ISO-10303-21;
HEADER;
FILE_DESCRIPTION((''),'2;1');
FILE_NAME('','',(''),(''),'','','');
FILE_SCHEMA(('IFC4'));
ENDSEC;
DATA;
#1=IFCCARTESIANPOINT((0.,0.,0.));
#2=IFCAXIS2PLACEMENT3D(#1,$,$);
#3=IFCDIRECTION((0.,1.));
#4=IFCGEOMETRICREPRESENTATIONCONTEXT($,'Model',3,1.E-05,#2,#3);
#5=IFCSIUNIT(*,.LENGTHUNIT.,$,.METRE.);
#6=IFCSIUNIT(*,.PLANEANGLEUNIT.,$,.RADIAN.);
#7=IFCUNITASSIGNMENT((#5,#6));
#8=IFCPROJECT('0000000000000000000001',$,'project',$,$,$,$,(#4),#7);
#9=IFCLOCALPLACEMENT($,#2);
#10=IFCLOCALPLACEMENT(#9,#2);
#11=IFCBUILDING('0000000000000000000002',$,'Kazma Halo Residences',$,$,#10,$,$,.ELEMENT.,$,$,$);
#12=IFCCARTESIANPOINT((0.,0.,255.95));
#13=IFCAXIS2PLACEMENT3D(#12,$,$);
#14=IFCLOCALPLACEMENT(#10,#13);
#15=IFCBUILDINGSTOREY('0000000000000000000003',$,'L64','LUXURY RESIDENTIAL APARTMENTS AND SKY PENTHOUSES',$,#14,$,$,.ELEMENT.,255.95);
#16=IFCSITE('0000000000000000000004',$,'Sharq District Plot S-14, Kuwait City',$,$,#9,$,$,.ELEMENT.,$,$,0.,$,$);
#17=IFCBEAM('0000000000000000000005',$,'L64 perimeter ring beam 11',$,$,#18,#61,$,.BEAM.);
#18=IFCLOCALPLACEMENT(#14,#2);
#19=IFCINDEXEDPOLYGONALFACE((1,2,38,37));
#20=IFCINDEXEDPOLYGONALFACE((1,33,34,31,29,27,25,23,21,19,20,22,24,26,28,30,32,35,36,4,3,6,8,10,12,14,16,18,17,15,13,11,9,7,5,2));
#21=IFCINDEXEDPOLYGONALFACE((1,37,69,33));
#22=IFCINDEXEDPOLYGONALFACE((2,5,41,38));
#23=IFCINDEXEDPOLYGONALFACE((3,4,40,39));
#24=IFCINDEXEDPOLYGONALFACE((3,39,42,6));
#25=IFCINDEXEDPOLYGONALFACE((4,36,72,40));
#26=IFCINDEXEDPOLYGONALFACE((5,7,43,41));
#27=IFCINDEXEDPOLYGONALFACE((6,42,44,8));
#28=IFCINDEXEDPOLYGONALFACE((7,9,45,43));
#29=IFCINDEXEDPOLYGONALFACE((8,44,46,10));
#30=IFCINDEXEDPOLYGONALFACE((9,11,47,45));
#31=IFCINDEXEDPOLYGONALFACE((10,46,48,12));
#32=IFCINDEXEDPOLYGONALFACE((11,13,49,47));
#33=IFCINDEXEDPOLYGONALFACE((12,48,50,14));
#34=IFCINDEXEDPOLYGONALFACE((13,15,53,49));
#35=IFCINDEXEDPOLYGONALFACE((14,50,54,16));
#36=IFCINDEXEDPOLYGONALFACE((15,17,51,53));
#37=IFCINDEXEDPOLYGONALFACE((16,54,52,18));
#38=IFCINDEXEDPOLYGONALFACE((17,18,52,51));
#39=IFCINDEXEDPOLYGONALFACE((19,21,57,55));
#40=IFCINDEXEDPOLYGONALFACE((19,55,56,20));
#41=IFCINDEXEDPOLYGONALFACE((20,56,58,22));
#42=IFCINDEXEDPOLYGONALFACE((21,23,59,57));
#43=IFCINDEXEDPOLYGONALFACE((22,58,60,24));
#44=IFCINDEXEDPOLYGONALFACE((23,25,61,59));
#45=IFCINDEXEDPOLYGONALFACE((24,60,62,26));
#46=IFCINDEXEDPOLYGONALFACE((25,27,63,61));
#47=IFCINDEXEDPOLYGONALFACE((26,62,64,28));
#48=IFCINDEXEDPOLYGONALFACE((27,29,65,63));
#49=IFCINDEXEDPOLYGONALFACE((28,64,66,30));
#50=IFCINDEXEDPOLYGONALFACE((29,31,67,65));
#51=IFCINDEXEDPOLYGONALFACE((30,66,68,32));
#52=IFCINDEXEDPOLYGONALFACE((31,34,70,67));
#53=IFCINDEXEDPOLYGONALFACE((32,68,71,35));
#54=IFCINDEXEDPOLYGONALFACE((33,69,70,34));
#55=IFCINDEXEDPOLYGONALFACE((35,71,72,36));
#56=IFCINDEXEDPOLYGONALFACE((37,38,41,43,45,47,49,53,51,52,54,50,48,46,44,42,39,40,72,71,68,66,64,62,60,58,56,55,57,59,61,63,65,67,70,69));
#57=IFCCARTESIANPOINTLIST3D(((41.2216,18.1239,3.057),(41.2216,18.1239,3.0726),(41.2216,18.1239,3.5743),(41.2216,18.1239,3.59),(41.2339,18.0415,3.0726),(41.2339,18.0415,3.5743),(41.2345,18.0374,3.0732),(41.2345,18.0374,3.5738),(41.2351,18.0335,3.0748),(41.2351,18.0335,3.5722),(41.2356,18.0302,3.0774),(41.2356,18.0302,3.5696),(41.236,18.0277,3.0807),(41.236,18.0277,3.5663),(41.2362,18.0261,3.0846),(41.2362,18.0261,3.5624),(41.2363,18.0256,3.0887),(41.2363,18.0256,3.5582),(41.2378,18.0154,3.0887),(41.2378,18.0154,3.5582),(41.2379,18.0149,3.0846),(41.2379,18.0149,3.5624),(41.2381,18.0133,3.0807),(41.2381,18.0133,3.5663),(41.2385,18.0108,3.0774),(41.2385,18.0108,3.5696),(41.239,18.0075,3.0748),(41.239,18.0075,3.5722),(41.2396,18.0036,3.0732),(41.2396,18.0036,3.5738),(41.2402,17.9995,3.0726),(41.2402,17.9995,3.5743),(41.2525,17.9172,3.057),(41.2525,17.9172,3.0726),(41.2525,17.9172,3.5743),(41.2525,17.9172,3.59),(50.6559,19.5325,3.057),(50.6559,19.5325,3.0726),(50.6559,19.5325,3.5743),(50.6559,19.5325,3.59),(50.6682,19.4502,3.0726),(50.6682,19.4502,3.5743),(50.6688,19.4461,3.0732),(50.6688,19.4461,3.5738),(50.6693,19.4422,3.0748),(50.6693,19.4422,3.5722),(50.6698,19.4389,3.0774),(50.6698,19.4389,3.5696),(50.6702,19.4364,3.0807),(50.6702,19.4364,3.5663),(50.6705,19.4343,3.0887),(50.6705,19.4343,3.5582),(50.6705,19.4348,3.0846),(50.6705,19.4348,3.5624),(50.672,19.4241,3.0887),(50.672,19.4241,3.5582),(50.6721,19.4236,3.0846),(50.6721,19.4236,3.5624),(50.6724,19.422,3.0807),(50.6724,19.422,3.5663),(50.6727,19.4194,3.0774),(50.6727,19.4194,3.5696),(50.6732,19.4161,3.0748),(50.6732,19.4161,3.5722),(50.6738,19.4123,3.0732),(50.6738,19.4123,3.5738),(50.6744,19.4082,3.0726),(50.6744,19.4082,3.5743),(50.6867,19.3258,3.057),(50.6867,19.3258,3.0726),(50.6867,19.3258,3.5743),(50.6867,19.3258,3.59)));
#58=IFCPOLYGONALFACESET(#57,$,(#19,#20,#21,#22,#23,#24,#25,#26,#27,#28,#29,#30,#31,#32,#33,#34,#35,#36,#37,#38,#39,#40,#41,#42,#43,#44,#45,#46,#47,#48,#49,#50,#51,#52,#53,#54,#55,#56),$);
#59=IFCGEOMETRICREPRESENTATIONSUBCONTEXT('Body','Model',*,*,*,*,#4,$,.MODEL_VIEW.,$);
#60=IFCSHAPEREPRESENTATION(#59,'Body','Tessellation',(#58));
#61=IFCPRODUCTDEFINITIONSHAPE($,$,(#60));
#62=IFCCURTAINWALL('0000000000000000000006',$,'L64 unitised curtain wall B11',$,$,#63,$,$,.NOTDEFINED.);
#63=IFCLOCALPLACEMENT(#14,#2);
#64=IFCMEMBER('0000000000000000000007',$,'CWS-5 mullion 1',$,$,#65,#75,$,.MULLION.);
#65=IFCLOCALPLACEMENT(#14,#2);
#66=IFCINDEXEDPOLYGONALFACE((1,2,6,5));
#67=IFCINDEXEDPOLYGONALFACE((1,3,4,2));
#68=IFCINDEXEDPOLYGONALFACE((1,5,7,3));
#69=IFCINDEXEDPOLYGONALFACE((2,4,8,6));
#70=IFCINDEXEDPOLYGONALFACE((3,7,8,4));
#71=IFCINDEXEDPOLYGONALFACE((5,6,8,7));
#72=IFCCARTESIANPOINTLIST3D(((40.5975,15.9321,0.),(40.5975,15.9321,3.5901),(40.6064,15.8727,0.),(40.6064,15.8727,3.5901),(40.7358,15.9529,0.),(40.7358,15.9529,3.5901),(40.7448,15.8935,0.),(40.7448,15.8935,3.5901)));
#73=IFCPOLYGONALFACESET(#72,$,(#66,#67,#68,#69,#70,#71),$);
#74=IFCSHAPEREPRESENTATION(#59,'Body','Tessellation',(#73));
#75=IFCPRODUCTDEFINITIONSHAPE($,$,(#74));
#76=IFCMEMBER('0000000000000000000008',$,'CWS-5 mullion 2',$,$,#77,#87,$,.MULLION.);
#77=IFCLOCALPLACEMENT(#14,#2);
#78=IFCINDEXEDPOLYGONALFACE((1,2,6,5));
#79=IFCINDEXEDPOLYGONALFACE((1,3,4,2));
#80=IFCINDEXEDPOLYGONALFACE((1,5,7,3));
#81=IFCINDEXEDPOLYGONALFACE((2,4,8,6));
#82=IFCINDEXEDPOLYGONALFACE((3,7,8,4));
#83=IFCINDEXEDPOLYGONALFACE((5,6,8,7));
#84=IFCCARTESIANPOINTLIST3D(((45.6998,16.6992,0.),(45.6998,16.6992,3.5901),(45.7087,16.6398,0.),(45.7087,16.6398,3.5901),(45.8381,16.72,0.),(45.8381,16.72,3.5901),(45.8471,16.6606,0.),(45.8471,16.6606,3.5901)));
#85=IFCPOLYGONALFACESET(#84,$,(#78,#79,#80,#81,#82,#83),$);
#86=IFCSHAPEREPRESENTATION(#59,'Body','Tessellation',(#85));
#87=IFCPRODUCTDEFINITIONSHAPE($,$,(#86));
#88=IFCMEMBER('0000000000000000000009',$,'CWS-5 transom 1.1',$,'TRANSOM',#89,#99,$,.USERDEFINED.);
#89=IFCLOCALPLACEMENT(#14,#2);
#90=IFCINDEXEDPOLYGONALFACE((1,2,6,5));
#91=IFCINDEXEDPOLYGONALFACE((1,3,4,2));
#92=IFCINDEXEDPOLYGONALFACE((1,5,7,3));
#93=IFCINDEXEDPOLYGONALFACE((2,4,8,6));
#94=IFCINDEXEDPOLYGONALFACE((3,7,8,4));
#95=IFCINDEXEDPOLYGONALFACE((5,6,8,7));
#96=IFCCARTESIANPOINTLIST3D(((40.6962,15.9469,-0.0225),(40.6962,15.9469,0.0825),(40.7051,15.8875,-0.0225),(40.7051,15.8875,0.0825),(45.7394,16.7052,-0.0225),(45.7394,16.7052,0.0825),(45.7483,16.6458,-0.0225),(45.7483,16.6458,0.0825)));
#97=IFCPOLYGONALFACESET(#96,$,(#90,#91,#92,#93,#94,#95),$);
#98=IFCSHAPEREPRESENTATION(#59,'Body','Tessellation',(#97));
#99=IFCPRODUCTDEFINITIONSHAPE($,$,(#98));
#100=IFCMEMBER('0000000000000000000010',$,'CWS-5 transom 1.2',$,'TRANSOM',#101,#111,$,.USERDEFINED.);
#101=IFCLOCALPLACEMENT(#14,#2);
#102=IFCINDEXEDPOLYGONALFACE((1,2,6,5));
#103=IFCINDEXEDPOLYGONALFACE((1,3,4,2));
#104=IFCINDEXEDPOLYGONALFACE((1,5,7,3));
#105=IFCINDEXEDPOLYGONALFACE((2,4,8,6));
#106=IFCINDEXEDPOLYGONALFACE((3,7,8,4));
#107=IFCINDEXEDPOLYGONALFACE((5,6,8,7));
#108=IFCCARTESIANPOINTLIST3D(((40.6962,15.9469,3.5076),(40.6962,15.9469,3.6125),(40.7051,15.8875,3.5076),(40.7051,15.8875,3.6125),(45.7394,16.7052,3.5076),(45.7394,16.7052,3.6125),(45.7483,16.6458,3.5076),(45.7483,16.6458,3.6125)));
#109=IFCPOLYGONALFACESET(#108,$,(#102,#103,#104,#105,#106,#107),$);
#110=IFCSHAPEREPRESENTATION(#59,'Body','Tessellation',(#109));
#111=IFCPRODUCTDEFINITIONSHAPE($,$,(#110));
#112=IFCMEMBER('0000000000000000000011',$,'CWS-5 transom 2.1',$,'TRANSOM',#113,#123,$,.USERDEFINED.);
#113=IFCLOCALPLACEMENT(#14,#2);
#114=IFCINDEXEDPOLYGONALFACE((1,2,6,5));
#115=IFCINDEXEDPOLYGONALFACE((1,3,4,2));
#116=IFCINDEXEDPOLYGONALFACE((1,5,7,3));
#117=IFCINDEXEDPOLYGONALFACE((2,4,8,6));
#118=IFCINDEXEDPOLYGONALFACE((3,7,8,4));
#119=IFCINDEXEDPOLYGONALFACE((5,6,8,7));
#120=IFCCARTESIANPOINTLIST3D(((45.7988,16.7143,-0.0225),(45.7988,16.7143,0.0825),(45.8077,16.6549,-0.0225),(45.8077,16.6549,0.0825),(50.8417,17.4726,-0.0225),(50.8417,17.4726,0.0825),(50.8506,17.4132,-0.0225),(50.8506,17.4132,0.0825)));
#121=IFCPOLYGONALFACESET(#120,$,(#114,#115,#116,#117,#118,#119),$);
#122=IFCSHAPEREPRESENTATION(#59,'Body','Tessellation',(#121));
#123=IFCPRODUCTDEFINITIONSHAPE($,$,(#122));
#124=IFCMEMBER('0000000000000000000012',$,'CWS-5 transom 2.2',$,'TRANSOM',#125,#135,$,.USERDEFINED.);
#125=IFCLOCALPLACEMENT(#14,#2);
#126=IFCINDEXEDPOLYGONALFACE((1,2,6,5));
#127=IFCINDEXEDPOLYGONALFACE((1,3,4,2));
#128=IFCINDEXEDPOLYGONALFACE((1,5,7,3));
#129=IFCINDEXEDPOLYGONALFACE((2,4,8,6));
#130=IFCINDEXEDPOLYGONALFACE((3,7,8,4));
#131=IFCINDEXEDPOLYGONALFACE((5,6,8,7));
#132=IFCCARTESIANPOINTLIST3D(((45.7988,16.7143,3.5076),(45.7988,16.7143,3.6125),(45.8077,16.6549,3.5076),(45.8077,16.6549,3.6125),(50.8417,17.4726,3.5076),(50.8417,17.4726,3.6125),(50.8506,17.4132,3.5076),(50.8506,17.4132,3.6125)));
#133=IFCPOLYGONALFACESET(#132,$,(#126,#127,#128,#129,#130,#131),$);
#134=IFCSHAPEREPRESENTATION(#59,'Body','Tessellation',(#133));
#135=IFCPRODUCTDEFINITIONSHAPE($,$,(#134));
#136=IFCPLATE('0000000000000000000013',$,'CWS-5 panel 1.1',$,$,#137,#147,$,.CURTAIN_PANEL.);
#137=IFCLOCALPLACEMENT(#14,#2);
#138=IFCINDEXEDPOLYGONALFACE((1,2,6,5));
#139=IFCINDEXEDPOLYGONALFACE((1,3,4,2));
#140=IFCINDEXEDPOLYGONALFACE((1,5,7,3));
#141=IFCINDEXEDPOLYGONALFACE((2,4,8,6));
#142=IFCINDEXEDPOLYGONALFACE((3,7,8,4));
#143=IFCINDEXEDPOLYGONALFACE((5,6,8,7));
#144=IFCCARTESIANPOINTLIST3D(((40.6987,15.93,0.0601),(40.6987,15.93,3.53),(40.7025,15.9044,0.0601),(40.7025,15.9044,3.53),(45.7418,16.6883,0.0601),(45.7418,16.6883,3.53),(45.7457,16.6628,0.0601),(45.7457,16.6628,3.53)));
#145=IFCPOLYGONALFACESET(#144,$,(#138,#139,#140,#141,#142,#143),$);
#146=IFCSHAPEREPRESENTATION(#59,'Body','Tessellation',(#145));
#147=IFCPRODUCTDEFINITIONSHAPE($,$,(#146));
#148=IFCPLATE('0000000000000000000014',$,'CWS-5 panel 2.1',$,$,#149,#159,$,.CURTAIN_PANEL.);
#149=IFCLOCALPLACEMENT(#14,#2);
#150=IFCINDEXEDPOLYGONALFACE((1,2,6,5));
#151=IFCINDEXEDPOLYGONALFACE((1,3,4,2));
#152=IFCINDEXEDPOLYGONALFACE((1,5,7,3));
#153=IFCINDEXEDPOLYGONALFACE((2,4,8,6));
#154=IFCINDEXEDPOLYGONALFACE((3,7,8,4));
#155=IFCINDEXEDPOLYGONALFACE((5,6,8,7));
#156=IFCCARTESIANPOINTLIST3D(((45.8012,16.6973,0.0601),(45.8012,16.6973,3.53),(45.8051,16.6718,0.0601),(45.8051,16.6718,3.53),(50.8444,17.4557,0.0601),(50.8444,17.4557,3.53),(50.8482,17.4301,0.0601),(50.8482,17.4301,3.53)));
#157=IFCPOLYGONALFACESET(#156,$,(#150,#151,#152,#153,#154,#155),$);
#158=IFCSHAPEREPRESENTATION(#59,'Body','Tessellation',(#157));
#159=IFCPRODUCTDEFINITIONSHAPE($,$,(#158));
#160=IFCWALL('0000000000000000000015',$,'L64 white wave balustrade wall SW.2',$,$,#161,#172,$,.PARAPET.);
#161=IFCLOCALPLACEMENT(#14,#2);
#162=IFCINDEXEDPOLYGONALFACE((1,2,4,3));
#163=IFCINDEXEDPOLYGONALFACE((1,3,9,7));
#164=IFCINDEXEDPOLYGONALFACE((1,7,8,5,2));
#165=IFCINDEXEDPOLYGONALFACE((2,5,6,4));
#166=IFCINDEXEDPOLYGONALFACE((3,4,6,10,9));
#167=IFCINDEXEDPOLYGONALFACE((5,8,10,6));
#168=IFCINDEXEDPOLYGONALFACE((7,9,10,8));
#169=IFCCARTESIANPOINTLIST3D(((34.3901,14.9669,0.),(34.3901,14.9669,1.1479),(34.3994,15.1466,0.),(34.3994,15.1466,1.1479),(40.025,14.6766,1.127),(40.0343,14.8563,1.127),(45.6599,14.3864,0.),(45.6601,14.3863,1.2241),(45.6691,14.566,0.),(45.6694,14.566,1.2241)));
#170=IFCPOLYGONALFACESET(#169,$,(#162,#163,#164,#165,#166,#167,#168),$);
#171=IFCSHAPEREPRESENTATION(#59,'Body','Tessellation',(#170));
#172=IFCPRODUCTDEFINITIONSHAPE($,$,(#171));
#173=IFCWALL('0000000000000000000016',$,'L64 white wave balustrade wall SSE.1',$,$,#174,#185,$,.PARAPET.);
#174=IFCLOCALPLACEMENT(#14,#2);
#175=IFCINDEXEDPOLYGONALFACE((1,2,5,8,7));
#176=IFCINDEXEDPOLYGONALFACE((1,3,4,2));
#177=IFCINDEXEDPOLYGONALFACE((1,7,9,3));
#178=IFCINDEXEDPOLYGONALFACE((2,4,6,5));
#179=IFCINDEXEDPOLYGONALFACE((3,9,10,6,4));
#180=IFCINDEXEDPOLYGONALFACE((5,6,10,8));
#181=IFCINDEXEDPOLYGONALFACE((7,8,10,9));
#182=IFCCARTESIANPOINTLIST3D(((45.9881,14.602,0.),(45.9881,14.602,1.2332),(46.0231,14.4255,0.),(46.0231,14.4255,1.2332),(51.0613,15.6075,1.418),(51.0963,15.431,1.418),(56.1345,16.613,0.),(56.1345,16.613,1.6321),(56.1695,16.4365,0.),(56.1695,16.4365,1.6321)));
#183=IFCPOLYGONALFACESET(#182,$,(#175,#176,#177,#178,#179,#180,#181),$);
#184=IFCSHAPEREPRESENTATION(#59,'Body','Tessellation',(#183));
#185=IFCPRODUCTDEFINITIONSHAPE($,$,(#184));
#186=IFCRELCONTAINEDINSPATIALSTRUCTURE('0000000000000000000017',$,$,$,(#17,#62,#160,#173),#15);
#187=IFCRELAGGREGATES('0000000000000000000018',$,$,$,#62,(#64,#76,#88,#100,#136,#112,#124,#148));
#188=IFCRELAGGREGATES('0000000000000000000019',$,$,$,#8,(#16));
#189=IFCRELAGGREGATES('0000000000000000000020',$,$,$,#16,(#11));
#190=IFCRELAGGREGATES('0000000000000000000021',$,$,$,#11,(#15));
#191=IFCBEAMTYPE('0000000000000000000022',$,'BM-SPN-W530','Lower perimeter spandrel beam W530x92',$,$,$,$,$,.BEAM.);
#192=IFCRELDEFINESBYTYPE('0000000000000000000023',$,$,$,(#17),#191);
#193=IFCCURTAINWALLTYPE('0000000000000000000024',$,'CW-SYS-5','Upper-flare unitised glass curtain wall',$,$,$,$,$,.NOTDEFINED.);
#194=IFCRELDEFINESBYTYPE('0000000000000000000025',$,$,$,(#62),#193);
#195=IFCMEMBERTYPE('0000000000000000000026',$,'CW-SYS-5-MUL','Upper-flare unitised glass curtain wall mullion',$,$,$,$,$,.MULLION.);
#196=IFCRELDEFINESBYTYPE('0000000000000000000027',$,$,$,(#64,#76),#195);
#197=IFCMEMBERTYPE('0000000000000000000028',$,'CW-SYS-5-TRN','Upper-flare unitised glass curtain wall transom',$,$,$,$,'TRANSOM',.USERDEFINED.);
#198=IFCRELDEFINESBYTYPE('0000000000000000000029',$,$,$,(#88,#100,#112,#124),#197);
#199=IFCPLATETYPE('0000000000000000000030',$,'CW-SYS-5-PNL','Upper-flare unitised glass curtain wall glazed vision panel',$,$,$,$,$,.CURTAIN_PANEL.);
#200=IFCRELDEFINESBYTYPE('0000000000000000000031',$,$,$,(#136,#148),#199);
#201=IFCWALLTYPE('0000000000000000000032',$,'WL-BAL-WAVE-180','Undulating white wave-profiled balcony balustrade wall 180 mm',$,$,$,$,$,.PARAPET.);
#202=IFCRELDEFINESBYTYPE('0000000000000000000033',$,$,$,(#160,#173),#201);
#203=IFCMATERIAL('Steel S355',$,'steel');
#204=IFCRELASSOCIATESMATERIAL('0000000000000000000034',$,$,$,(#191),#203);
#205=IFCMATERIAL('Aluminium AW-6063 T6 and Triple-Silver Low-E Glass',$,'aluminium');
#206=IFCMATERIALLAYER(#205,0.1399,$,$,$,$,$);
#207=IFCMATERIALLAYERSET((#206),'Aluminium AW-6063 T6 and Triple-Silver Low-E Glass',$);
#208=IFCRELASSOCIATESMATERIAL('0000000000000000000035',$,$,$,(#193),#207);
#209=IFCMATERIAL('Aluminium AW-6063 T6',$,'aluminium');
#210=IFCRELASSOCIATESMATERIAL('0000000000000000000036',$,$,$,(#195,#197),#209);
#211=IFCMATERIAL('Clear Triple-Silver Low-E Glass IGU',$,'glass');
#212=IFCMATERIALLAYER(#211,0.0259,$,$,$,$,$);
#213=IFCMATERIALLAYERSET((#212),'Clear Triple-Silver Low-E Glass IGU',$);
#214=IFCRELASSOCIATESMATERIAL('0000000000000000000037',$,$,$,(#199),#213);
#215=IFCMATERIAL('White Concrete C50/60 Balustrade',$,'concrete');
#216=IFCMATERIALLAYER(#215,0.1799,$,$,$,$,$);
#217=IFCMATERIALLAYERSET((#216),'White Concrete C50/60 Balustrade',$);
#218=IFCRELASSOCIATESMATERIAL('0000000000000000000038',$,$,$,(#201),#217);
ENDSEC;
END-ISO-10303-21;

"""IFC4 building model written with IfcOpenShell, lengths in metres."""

from ifc_helpers import new_model, si_unit, direction, frame, origin, origin_2d, place, context, subcontext, project, spatial, polyline, rectangle, i_section, outline, extrude, material, layer, layer_set, material_profile, profile_set, type_object, element, aggregate, save


model = new_model("IFC4")

# Units and contexts
model_context = context("Model", 3, precision=1e-05, world=origin(), true_north=direction((0.0, 1.0)))
body_context = subcontext(model_context, "Body", "Model", "MODEL_VIEW")
ifc_project = project(units=[si_unit("LENGTHUNIT", "METRE"), si_unit("PLANEANGLEUNIT", "RADIAN")], contexts=[model_context])

# Site, building, storey
site_placement = place(None, origin())
site = spatial("IfcSite", under=ifc_project, at=site_placement, Name="Sharq District Plot S-14, Kuwait City", CompositionType="ELEMENT", RefElevation=0.0)
building_placement = place(site_placement, origin())
building = spatial("IfcBuilding", under=site, at=building_placement, Name="Kazma Halo Residences", CompositionType="ELEMENT")
storey_placement = place(building_placement, frame((0.0, 0.0, 255.95)))
storey = spatial("IfcBuildingStorey", under=building, at=storey_placement, Name="L64", Description="LUXURY RESIDENTIAL APARTMENTS AND SKY PENTHOUSES", CompositionType="ELEMENT", Elevation=255.95)

# Beam
ifc_material_1 = material(Name="Steel S355", Category="steel")
ifc_material_profile_1 = material_profile(ifc_material_1, i_section(OverallWidth=0.209, OverallDepth=0.533, WebThickness=0.0103, FlangeThickness=0.0156, FilletRadius=0.0161, at=origin_2d()), Name="W530x92")
ifc_profile_set_1 = profile_set([ifc_material_profile_1], Name="Steel S355")
beam_type_1 = type_object("IfcBeamType", Name="BM-SPN-W530", Description="Lower perimeter spandrel beam W530x92", PredefinedType="BEAM", material=ifc_profile_set_1)
beam_1_placement = place(storey_placement, frame((41.2371, 18.0205, 3.3235), z_axis=(0.989035, 0.147678, 0.0), x_axis=(-0.147678, 0.989035, 0.0)))
element("IfcBeam", 1, at=beam_1_placement, inside=storey, type_object=beam_type_1, Name="L64 perimeter ring beam 11", PredefinedType="BEAM", context=body_context, shape_type="SweptSolid", body=[
    extrude(i_section(OverallWidth=0.209, OverallDepth=0.533, WebThickness=0.0103, FlangeThickness=0.0156, FilletRadius=0.0161, at=origin_2d()), origin(), (0.0, 0.0, 1.0), 9.5388),
])

# Curtain wall, members, plates
ifc_material_2 = material(Name="Aluminium AW-6063 T6 and Triple-Silver Low-E Glass", Category="aluminium")
ifc_layer_1 = layer(ifc_material_2, 0.1399)
ifc_layer_set_1 = layer_set([ifc_layer_1], Name="Aluminium AW-6063 T6 and Triple-Silver Low-E Glass")
curtain_wall_type = type_object("IfcCurtainWallType", Name="CW-SYS-5", Description="Upper-flare unitised glass curtain wall", PredefinedType="NOTDEFINED", material=ifc_layer_set_1)
curtain_wall_placement = place(storey_placement, origin())
curtain_wall = element("IfcCurtainWall", 2, at=curtain_wall_placement, inside=storey, type_object=curtain_wall_type, Name="L64 unitised curtain wall B11", PredefinedType="NOTDEFINED")
ifc_material_3 = material(Name="Aluminium AW-6063 T6", Category="aluminium")
ifc_material_profile_2 = material_profile(ifc_material_3, rectangle(XDim=0.0601, YDim=0.1399, at=origin_2d()), Name="CWM-60x140")
ifc_profile_set_2 = profile_set([ifc_material_profile_2], Name="Aluminium AW-6063 T6")
member_type_1 = type_object("IfcMemberType", Name="CW-SYS-5-MUL", Description="Upper-flare unitised glass curtain wall mullion", PredefinedType="MULLION", material=ifc_profile_set_2)
member_1_placement = place(storey_placement, frame((40.6711, 15.9128, 0.0), z_axis=(0.0, 0.0, 1.0), x_axis=(-0.148697, 0.988883, 0.0)))
member_1 = element("IfcMember", 3, at=member_1_placement, type_object=member_type_1, Name="CWS-5 mullion 1", PredefinedType="MULLION", context=body_context, shape_type="SweptSolid", body=[
    extrude(rectangle(XDim=0.0601, YDim=0.1399, at=origin_2d()), origin(), (0.0, 0.0, 1.0), 3.5901),
])
member_2_placement = place(storey_placement, frame((45.7734, 16.6799, 0.0), z_axis=(0.0, 0.0, 1.0), x_axis=(-0.148697, 0.988883, 0.0)))
member_2 = element("IfcMember", 4, at=member_2_placement, type_object=member_type_1, Name="CWS-5 mullion 2", PredefinedType="MULLION", context=body_context, shape_type="SweptSolid", body=[
    extrude(rectangle(XDim=0.0601, YDim=0.1399, at=origin_2d()), origin(), (0.0, 0.0, 1.0), 3.5901),
])
ifc_material_profile_3 = material_profile(ifc_material_3, rectangle(XDim=0.0601, YDim=0.105, at=origin_2d()), Name="CWT-60x105")
ifc_profile_set_3 = profile_set([ifc_material_profile_3], Name="Aluminium AW-6063 T6")
member_type_2 = type_object("IfcMemberType", Name="CW-SYS-5-TRN", Description="Upper-flare unitised glass curtain wall transom", ElementType="TRANSOM", PredefinedType="USERDEFINED", material=ifc_profile_set_3)
member_3_placement = place(storey_placement, frame((40.7007, 15.9172, 0.03), z_axis=(0.988884, 0.148689, 0.0), x_axis=(-0.148689, 0.988884, 0.0)))
member_3 = element("IfcMember", 5, at=member_3_placement, type_object=member_type_2, Name="CWS-5 transom 1.1", ObjectType="TRANSOM", PredefinedType="USERDEFINED", context=body_context, shape_type="SweptSolid", body=[
    extrude(rectangle(XDim=0.0601, YDim=0.105, at=origin_2d()), origin(), (0.0, 0.0, 1.0), 5.0999),
])
member_4_placement = place(storey_placement, frame((40.7007, 15.9172, 3.5601), z_axis=(0.988884, 0.148689, 0.0), x_axis=(-0.148689, 0.988884, 0.0)))
member_4 = element("IfcMember", 6, at=member_4_placement, type_object=member_type_2, Name="CWS-5 transom 1.2", ObjectType="TRANSOM", PredefinedType="USERDEFINED", context=body_context, shape_type="SweptSolid", body=[
    extrude(rectangle(XDim=0.0601, YDim=0.105, at=origin_2d()), origin(), (0.0, 0.0, 1.0), 5.0999),
])
member_5_placement = place(storey_placement, frame((45.8032, 16.6846, 0.03), z_axis=(0.988883, 0.148696, 0.0), x_axis=(-0.148696, 0.988883, 0.0)))
member_5 = element("IfcMember", 7, at=member_5_placement, type_object=member_type_2, Name="CWS-5 transom 2.1", ObjectType="TRANSOM", PredefinedType="USERDEFINED", context=body_context, shape_type="SweptSolid", body=[
    extrude(rectangle(XDim=0.0601, YDim=0.105, at=origin_2d()), origin(), (0.0, 0.0, 1.0), 5.0996),
])
member_6_placement = place(storey_placement, frame((45.8032, 16.6846, 3.5601), z_axis=(0.988883, 0.148696, 0.0), x_axis=(-0.148696, 0.988883, 0.0)))
member_6 = element("IfcMember", 8, at=member_6_placement, type_object=member_type_2, Name="CWS-5 transom 2.2", ObjectType="TRANSOM", PredefinedType="USERDEFINED", context=body_context, shape_type="SweptSolid", body=[
    extrude(rectangle(XDim=0.0601, YDim=0.105, at=origin_2d()), origin(), (0.0, 0.0, 1.0), 5.0996),
])
ifc_material_4 = material(Name="Clear Triple-Silver Low-E Glass IGU", Category="glass")
ifc_layer_2 = layer(ifc_material_4, 0.0259)
ifc_layer_set_2 = layer_set([ifc_layer_2], Name="Clear Triple-Silver Low-E Glass IGU")
plate_type = type_object("IfcPlateType", Name="CW-SYS-5-PNL", Description="Upper-flare unitised glass curtain wall glazed vision panel", PredefinedType="CURTAIN_PANEL", material=ifc_layer_set_2)
plate_1_placement = place(storey_placement, frame((43.2222, 16.2964, 0.0601), z_axis=(0.0, 0.0, 1.0), x_axis=(0.988883, 0.148697, 0.0)))
plate_1 = element("IfcPlate", 9, at=plate_1_placement, type_object=plate_type, Name="CWS-5 panel 1.1", PredefinedType="CURTAIN_PANEL", context=body_context, shape_type="SweptSolid", body=[
    extrude(rectangle(XDim=5.0999, YDim=0.0259, at=origin_2d()), origin(), (0.0, 0.0, 1.0), 3.47),
])
plate_2_placement = place(storey_placement, frame((48.3247, 17.0637, 0.0601), z_axis=(0.0, 0.0, 1.0), x_axis=(0.988883, 0.148697, 0.0)))
plate_2 = element("IfcPlate", 10, at=plate_2_placement, type_object=plate_type, Name="CWS-5 panel 2.1", PredefinedType="CURTAIN_PANEL", context=body_context, shape_type="SweptSolid", body=[
    extrude(rectangle(XDim=5.0999, YDim=0.0259, at=origin_2d()), origin(), (0.0, 0.0, 1.0), 3.47),
])
aggregate(curtain_wall, [member_1, member_2, member_3, member_4, plate_1, member_5, member_6, plate_2])

# Walls
ifc_material_5 = material(Name="White Concrete C50/60 Balustrade", Category="concrete")
ifc_layer_3 = layer(ifc_material_5, 0.1799)
ifc_layer_set_3 = layer_set([ifc_layer_3], Name="White Concrete C50/60 Balustrade")
wall_type_1 = type_object("IfcWallType", Name="WL-BAL-WAVE-180", Description="Undulating white wave-profiled balcony balustrade wall 180 mm", PredefinedType="PARAPET", material=ifc_layer_set_3)
wall_1_placement = place(storey_placement, frame((34.3948, 15.0569, 0.0), z_axis=(0.0, 0.0, 1.0), x_axis=(0.998676, -0.051447, 0.0)))
element("IfcWall", 11, at=wall_1_placement, inside=storey, type_object=wall_type_1, Name="L64 white wave balustrade wall SW.2", PredefinedType="PARAPET", context=body_context, shape_type="SweptSolid", body=[
    extrude(outline(polyline([(0.0, 0.0), (11.2847, 0.0), (11.2849, 1.2241), (5.6423, 1.127), (0.0, 1.1479), (0.0, 0.0)])), frame((0.0, 0.0898, 0.0), z_axis=(0.0, -1.0, 0.0), x_axis=(1.0, 0.0, 0.0)), (0.0, 0.0, 1.0), 0.1799),
])
wall_2_placement = place(storey_placement, frame((46.0056, 14.5139, 0.0), z_axis=(0.0, 0.0, 1.0), x_axis=(0.98092, 0.194414, 0.0)))
element("IfcWall", 12, at=wall_2_placement, inside=storey, type_object=wall_type_1, Name="L64 white wave balustrade wall SSE.1", PredefinedType="PARAPET", context=body_context, shape_type="SweptSolid", body=[
    extrude(outline(polyline([(0.0, 0.0), (10.3438, 0.0), (10.3438, 1.6321), (5.1719, 1.418), (0.0, 1.2332), (0.0, 0.0)])), frame((0.0, 0.0898, 0.0), z_axis=(0.0, -1.0, 0.0), x_axis=(1.0, 0.0, 0.0)), (0.0, 0.0, 1.0), 0.1799),
])

save(model, "model.ifc")
